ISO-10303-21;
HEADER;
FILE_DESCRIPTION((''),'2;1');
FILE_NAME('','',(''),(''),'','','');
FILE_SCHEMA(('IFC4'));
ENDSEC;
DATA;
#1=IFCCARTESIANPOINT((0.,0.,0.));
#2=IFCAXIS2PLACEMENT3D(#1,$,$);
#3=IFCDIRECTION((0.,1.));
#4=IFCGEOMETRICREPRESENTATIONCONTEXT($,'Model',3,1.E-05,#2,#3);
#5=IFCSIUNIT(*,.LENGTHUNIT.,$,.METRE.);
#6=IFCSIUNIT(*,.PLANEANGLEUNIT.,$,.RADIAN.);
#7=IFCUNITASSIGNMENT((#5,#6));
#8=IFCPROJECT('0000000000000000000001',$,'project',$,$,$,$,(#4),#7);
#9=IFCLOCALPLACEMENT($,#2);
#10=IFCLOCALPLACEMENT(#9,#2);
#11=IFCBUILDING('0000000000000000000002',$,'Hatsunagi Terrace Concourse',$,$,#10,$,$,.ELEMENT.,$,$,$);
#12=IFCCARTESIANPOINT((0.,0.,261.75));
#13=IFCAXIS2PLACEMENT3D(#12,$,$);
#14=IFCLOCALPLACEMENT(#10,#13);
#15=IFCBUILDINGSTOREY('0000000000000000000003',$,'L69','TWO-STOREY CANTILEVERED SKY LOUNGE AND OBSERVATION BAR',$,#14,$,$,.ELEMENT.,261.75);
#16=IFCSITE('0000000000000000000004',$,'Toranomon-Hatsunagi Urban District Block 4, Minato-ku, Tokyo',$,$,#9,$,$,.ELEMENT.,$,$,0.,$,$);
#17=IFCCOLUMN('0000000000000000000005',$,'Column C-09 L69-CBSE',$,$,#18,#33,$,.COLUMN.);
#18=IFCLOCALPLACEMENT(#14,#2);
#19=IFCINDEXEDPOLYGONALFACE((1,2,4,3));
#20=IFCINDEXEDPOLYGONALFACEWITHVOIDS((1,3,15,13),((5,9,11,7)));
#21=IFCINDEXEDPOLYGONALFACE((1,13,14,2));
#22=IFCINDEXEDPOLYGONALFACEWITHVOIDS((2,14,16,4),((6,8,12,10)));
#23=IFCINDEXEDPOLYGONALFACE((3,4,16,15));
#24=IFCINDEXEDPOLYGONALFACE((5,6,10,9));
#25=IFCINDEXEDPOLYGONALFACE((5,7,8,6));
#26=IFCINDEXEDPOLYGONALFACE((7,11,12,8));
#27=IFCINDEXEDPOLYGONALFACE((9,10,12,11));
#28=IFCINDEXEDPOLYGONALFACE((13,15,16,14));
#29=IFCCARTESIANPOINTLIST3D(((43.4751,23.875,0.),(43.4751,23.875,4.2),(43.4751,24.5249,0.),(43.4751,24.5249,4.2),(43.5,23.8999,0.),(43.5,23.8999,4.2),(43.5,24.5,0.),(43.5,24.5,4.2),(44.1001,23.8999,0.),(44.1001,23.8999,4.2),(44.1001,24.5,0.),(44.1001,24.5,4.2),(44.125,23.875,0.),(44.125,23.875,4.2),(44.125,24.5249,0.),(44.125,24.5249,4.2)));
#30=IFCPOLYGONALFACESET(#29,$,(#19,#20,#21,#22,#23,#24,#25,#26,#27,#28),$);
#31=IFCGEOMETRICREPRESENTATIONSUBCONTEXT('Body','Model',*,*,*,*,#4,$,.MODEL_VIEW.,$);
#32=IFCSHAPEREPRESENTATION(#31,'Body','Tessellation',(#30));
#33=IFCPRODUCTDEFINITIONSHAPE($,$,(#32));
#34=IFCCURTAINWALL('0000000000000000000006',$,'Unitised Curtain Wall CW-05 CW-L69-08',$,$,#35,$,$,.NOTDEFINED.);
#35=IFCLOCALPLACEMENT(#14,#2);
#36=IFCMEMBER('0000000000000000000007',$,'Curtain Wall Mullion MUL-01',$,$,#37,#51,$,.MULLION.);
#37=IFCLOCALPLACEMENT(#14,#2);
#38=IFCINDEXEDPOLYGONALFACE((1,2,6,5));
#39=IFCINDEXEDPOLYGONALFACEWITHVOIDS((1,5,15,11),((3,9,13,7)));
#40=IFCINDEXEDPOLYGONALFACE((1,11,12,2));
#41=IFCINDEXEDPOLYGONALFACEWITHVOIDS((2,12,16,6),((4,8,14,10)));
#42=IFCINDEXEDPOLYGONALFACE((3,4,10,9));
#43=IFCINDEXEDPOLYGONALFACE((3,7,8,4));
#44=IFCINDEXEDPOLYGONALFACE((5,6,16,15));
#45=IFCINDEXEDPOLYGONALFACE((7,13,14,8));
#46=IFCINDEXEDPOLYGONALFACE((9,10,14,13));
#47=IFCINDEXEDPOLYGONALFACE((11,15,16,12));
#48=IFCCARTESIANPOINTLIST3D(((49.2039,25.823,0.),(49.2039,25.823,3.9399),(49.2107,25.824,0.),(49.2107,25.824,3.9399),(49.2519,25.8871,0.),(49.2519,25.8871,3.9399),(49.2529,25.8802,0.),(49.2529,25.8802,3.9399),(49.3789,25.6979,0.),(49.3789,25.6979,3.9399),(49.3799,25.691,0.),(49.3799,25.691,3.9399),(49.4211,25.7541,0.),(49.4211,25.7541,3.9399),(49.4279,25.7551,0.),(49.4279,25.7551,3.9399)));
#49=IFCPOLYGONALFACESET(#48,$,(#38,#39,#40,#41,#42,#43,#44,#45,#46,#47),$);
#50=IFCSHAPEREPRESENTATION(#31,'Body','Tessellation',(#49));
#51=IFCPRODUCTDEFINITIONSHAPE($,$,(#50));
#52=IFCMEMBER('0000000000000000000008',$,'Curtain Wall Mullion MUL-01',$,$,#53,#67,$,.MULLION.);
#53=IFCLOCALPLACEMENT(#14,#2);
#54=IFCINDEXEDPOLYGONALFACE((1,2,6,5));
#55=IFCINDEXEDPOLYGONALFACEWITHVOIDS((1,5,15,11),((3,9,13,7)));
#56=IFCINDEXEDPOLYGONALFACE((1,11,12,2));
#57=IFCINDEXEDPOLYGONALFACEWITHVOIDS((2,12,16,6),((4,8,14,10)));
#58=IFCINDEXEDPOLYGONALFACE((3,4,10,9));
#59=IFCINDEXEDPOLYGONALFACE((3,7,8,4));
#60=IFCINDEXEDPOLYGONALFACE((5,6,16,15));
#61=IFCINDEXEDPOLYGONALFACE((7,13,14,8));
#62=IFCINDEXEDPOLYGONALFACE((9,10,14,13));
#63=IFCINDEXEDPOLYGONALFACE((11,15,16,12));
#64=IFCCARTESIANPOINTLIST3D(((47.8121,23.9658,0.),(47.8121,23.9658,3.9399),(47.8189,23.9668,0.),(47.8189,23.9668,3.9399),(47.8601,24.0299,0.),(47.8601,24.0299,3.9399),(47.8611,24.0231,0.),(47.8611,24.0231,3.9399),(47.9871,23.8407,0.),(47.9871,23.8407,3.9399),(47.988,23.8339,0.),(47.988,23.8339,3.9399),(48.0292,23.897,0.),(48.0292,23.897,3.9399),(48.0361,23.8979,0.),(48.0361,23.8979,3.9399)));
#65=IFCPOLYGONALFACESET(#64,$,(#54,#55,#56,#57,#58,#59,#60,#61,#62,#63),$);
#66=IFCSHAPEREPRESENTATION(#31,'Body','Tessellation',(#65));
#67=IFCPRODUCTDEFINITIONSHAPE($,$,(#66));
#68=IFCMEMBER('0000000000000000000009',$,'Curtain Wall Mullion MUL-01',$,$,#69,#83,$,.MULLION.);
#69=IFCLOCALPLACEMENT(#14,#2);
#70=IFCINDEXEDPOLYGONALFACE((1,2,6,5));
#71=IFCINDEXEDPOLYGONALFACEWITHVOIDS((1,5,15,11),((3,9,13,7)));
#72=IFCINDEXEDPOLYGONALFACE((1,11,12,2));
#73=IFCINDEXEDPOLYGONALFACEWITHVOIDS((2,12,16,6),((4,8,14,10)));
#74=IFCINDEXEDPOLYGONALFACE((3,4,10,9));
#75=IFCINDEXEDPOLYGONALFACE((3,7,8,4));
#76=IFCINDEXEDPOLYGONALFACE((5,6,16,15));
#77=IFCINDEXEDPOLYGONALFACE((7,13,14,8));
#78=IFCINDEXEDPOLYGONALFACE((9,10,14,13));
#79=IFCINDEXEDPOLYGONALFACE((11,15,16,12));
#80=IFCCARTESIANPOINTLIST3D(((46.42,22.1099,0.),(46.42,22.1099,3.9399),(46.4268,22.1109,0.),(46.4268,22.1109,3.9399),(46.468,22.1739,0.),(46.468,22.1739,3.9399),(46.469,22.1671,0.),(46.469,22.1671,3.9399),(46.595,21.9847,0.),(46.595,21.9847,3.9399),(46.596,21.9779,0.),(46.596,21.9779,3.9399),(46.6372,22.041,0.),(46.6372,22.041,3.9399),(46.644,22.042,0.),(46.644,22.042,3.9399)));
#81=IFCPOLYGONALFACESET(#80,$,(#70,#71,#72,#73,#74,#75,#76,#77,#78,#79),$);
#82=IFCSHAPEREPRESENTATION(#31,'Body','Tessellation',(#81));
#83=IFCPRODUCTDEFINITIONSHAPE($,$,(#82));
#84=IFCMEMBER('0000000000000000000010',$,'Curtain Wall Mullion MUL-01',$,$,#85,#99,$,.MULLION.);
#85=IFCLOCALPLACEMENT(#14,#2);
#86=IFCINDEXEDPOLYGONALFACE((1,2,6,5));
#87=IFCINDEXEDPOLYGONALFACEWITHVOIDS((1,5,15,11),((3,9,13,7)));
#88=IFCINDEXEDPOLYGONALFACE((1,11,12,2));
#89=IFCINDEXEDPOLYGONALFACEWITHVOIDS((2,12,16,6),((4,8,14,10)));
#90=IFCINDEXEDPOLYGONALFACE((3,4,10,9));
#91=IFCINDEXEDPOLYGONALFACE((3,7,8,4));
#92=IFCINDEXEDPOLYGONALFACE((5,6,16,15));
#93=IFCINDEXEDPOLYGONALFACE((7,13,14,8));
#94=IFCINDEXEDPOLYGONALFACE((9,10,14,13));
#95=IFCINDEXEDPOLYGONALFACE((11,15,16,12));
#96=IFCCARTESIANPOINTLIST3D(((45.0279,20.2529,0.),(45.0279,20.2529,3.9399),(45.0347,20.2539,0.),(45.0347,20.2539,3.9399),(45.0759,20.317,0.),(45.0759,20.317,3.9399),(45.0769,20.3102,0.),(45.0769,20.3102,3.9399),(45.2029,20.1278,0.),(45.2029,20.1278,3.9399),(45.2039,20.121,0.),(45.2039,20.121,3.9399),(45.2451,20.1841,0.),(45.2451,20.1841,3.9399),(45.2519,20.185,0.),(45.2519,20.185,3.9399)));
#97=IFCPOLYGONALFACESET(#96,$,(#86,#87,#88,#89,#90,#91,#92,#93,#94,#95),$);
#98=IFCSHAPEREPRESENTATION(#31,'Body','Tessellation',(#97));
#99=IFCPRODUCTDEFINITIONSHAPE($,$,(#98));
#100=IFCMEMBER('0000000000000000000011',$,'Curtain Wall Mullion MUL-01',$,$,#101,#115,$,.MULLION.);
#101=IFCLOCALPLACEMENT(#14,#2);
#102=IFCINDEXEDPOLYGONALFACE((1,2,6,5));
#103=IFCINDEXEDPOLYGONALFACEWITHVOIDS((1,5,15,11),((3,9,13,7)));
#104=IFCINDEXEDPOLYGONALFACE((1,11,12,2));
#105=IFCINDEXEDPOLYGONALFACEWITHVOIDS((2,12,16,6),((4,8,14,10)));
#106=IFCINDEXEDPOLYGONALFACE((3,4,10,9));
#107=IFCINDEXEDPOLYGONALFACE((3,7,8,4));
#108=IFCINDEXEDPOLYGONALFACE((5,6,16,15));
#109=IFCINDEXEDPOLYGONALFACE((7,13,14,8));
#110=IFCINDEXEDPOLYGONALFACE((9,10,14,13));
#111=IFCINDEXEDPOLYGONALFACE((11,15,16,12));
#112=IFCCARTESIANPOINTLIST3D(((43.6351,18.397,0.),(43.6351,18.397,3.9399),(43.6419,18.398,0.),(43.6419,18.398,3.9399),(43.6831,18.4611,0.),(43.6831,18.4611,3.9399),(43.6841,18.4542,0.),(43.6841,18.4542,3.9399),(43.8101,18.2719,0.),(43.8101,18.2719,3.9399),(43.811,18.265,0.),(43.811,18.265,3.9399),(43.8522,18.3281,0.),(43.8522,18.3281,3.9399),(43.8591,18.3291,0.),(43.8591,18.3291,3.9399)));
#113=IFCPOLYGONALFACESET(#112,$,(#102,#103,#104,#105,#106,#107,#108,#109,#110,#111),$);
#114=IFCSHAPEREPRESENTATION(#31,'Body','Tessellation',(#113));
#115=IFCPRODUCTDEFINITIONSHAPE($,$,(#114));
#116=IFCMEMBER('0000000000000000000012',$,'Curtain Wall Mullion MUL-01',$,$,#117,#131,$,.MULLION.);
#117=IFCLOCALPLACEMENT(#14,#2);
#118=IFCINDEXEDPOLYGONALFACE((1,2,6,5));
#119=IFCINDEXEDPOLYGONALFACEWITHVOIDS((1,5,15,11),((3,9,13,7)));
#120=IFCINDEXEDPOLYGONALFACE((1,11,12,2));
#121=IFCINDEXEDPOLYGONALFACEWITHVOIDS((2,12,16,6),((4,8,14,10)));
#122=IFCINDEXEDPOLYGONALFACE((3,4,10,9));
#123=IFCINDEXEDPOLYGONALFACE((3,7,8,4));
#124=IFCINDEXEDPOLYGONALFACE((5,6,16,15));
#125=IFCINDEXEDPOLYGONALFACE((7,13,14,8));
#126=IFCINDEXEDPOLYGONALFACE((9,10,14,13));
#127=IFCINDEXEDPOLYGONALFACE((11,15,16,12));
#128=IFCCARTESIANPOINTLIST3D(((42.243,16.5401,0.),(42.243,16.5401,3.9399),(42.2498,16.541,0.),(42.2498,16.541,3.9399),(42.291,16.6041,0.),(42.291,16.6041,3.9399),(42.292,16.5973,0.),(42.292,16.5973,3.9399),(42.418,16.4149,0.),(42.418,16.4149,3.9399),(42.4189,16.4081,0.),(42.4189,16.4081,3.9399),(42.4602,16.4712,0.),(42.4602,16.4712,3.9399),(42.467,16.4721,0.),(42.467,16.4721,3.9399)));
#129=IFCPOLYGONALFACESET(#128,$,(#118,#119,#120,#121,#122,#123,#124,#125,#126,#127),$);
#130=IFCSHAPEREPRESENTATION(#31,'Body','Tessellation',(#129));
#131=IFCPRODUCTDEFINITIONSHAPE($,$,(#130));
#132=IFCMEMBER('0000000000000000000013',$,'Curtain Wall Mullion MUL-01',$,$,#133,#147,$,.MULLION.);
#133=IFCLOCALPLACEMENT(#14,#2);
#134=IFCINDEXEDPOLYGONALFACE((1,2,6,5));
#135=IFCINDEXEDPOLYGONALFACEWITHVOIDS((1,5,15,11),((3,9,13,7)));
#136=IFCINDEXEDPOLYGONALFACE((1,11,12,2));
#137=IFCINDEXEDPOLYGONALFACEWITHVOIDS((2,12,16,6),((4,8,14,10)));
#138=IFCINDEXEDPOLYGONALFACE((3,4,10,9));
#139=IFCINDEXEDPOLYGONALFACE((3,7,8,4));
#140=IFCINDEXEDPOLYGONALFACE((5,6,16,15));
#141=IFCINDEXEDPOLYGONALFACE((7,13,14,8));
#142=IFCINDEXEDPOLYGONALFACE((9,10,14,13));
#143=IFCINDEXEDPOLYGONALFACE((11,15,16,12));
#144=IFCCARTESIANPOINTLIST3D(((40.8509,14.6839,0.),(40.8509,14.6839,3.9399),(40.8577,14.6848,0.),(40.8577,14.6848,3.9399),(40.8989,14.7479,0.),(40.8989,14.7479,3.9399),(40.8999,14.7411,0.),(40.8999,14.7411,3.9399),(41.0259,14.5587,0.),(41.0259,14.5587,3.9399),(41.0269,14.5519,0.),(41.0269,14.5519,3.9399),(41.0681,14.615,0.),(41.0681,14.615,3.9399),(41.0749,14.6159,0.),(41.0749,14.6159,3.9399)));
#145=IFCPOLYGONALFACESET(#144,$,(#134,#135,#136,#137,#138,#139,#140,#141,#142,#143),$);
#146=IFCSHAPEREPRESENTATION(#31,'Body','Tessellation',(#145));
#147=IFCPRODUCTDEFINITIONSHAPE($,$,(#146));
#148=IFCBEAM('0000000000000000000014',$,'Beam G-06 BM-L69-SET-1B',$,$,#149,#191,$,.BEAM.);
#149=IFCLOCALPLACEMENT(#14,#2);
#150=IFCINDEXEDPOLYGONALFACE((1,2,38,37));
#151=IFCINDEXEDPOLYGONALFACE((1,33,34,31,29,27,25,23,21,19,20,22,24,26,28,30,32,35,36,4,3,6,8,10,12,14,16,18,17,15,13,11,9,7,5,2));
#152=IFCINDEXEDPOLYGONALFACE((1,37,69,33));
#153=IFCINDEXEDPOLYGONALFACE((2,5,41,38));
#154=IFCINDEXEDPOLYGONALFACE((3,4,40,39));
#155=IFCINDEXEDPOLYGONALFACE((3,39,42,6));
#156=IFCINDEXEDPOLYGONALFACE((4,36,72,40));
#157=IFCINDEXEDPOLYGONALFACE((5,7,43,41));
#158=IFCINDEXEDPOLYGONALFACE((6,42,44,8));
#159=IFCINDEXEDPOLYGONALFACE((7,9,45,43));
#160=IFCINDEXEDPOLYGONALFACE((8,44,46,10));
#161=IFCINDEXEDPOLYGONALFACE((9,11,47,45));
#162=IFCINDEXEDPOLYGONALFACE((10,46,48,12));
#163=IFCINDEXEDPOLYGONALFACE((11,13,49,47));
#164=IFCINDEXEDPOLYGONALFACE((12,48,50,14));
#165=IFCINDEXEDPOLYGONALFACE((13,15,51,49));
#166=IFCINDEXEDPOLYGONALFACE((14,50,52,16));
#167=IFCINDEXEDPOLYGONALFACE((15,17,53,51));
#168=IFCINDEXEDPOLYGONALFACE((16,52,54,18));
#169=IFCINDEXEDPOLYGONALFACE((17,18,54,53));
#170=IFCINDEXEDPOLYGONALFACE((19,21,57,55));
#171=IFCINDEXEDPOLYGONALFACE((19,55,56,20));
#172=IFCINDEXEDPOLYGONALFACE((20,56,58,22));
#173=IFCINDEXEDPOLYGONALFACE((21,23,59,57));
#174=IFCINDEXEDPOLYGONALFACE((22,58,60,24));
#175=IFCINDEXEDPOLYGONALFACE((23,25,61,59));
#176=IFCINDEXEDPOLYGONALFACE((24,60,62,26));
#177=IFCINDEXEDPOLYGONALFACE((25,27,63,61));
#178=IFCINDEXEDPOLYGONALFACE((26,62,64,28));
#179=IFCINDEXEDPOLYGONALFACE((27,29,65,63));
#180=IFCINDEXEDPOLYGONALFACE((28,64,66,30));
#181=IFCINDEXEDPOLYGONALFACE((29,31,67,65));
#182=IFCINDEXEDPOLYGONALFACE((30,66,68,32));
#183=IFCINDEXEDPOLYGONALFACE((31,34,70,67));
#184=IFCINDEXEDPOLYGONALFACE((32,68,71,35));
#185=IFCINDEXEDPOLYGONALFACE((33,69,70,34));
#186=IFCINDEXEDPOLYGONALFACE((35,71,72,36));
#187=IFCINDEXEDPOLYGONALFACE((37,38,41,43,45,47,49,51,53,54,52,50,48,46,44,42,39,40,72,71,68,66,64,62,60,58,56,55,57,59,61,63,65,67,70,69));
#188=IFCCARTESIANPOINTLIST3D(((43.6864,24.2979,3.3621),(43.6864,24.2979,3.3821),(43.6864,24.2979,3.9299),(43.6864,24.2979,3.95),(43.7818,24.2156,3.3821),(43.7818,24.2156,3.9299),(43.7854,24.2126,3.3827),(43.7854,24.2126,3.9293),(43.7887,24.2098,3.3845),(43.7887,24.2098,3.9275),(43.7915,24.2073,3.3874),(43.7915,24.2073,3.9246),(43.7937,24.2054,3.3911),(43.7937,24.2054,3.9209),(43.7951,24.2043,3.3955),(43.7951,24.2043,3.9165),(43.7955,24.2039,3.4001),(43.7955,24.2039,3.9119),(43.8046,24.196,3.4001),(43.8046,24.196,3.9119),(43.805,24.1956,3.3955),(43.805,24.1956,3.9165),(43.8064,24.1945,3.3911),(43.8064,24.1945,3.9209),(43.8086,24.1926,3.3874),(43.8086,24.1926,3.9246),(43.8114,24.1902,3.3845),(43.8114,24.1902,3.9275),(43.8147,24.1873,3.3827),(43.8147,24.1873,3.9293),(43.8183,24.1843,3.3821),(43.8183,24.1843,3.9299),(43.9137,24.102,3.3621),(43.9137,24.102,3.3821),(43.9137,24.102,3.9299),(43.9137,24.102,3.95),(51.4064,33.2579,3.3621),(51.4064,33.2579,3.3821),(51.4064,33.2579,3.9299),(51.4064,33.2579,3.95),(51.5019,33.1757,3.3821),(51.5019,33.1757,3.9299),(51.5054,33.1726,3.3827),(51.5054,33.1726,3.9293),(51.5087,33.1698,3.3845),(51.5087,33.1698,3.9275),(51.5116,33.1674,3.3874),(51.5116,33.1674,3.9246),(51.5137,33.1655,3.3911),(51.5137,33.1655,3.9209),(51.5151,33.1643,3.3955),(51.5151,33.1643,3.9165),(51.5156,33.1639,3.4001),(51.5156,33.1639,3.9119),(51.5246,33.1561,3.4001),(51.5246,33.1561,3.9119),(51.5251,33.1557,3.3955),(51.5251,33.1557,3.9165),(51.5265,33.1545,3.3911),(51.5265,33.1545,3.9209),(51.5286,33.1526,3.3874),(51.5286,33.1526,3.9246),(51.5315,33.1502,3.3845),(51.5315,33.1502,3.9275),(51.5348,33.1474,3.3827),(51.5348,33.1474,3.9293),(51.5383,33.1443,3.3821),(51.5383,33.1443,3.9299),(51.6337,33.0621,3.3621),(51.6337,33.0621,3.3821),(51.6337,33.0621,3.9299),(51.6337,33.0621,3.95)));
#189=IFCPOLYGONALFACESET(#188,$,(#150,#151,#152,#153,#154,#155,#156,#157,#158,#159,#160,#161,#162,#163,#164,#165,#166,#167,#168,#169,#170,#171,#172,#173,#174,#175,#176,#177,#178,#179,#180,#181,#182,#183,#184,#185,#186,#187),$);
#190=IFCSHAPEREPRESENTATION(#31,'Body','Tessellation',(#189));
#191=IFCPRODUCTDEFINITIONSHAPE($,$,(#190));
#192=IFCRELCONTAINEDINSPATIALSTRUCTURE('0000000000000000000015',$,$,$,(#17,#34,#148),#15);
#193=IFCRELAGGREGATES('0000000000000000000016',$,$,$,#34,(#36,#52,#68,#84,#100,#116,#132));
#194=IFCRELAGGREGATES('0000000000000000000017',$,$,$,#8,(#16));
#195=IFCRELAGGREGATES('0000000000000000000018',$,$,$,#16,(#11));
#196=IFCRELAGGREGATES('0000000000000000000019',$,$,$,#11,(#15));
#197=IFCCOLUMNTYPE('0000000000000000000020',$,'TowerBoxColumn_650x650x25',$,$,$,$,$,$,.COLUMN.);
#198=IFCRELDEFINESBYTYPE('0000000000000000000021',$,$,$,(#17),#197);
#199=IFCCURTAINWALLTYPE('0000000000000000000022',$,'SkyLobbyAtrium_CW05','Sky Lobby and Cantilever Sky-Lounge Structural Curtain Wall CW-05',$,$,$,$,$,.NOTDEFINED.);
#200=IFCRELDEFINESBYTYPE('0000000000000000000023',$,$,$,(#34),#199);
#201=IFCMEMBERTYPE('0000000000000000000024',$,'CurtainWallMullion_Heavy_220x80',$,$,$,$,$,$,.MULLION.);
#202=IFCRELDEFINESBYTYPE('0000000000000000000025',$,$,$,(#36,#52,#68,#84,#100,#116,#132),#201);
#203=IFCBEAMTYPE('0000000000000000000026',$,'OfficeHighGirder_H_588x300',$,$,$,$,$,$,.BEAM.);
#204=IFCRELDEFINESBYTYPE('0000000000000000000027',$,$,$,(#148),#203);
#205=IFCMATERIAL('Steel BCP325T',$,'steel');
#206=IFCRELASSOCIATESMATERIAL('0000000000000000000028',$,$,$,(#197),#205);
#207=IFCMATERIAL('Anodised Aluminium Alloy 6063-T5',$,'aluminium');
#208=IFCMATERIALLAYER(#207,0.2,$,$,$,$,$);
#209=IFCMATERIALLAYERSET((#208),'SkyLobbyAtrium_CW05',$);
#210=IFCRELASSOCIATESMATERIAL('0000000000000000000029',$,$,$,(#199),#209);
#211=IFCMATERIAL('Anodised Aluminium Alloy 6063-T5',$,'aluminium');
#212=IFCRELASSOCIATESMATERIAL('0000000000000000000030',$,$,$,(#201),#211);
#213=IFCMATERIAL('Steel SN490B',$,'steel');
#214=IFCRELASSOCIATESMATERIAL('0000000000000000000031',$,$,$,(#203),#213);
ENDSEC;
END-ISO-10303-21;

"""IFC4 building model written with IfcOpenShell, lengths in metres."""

from ifc_helpers import new_model, si_unit, direction, frame, origin, origin_2d, place, context, subcontext, project, spatial, hollow_rectangle, i_section, extrude, material, layer, layer_set, material_profile, profile_set, type_object, element, aggregate, save


model = new_model("IFC4")

# Units and contexts
model_context = context("Model", 3, precision=1e-05, world=origin(), true_north=direction((0.0, 1.0)))
body_context = subcontext(model_context, "Body", "Model", "MODEL_VIEW")
ifc_project = project(units=[si_unit("LENGTHUNIT", "METRE"), si_unit("PLANEANGLEUNIT", "RADIAN")], contexts=[model_context])

# Site, building, storey
site_placement = place(None, origin())
site = spatial("IfcSite", under=ifc_project, at=site_placement, Name="Toranomon-Hatsunagi Urban District Block 4, Minato-ku, Tokyo", CompositionType="ELEMENT", RefElevation=0.0)
building_placement = place(site_placement, origin())
building = spatial("IfcBuilding", under=site, at=building_placement, Name="Hatsunagi Terrace Concourse", CompositionType="ELEMENT")
storey_placement = place(building_placement, frame((0.0, 0.0, 261.75)))
storey = spatial("IfcBuildingStorey", under=building, at=storey_placement, Name="L69", Description="TWO-STOREY CANTILEVERED SKY LOUNGE AND OBSERVATION BAR", CompositionType="ELEMENT", Elevation=261.75)

# Column
ifc_material_1 = material(Name="Steel BCP325T", Category="steel")
ifc_material_profile_1 = material_profile(ifc_material_1, hollow_rectangle(XDim=0.6499, YDim=0.6499, WallThickness=0.0249, at=origin_2d()), Name="BCP-650x650x25")
ifc_profile_set_1 = profile_set([ifc_material_profile_1], Name="Steel BCP325T")
column_type = type_object("IfcColumnType", Name="TowerBoxColumn_650x650x25", PredefinedType="COLUMN", material=ifc_profile_set_1)
column_placement = place(storey_placement, frame((43.8, 24.2, 0.0), z_axis=(0.0, 0.0, 1.0), x_axis=(1.0, 0.0, 0.0)))
element("IfcColumn", 1, at=column_placement, inside=storey, type_object=column_type, Name="Column C-09 L69-CBSE", PredefinedType="COLUMN", context=body_context, shape_type="SweptSolid", body=[
    extrude(hollow_rectangle(XDim=0.6499, YDim=0.6499, WallThickness=0.0249, at=origin_2d()), origin(), (0.0, 0.0, 1.0), 4.2),
])

# Curtain wall, members
ifc_material_2 = material(Name="Anodised Aluminium Alloy 6063-T5", Category="aluminium")
ifc_layer_1 = layer(ifc_material_2, 0.2)
ifc_layer_set_1 = layer_set([ifc_layer_1], Name="SkyLobbyAtrium_CW05")
curtain_wall_type = type_object("IfcCurtainWallType", Name="SkyLobbyAtrium_CW05", Description="Sky Lobby and Cantilever Sky-Lounge Structural Curtain Wall CW-05", PredefinedType="NOTDEFINED", material=ifc_layer_set_1)
curtain_wall_placement = place(storey_placement, origin())
curtain_wall = element("IfcCurtainWall", 2, at=curtain_wall_placement, inside=storey, type_object=curtain_wall_type, Name="Unitised Curtain Wall CW-05 CW-L69-08", PredefinedType="NOTDEFINED")
ifc_material_3 = material(Name="Anodised Aluminium Alloy 6063-T5", Category="aluminium")
ifc_material_profile_2 = material_profile(ifc_material_3, hollow_rectangle(XDim=0.0801, YDim=0.22, WallThickness=0.0049, at=origin_2d()), Name="ALU-MUL-220x80x5")
ifc_profile_set_2 = profile_set([ifc_material_profile_2], Name="Anodised Aluminium Alloy 6063-T5")
member_type = type_object("IfcMemberType", Name="CurtainWallMullion_Heavy_220x80", PredefinedType="MULLION", material=ifc_profile_set_2)
member_1_placement = place(storey_placement, frame((49.3159, 25.7891, 0.0), z_axis=(0.0, 0.0, 1.0), x_axis=(-0.599969, -0.800023, 0.0)))
member_1 = element("IfcMember", 3, at=member_1_placement, type_object=member_type, Name="Curtain Wall Mullion MUL-01", PredefinedType="MULLION", context=body_context, shape_type="SweptSolid", body=[
    extrude(hollow_rectangle(XDim=0.0801, YDim=0.22, WallThickness=0.0049, at=origin_2d()), origin(), (0.0, 0.0, 1.0), 3.9399),
])
member_2_placement = place(storey_placement, frame((47.9241, 23.9319, 0.0), z_axis=(0.0, 0.0, 1.0), x_axis=(-0.599969, -0.800023, 0.0)))
member_2 = element("IfcMember", 4, at=member_2_placement, type_object=member_type, Name="Curtain Wall Mullion MUL-01", PredefinedType="MULLION", context=body_context, shape_type="SweptSolid", body=[
    extrude(hollow_rectangle(XDim=0.0801, YDim=0.22, WallThickness=0.0049, at=origin_2d()), origin(), (0.0, 0.0, 1.0), 3.9399),
])
member_3_placement = place(storey_placement, frame((46.532, 22.0759, 0.0), z_axis=(0.0, 0.0, 1.0), x_axis=(-0.599969, -0.800023, 0.0)))
member_3 = element("IfcMember", 5, at=member_3_placement, type_object=member_type, Name="Curtain Wall Mullion MUL-01", PredefinedType="MULLION", context=body_context, shape_type="SweptSolid", body=[
    extrude(hollow_rectangle(XDim=0.0801, YDim=0.22, WallThickness=0.0049, at=origin_2d()), origin(), (0.0, 0.0, 1.0), 3.9399),
])
member_4_placement = place(storey_placement, frame((45.1399, 20.219, 0.0), z_axis=(0.0, 0.0, 1.0), x_axis=(-0.599969, -0.800023, 0.0)))
member_4 = element("IfcMember", 6, at=member_4_placement, type_object=member_type, Name="Curtain Wall Mullion MUL-01", PredefinedType="MULLION", context=body_context, shape_type="SweptSolid", body=[
    extrude(hollow_rectangle(XDim=0.0801, YDim=0.22, WallThickness=0.0049, at=origin_2d()), origin(), (0.0, 0.0, 1.0), 3.9399),
])
member_5_placement = place(storey_placement, frame((43.7471, 18.363, 0.0), z_axis=(0.0, 0.0, 1.0), x_axis=(-0.599969, -0.800023, 0.0)))
member_5 = element("IfcMember", 7, at=member_5_placement, type_object=member_type, Name="Curtain Wall Mullion MUL-01", PredefinedType="MULLION", context=body_context, shape_type="SweptSolid", body=[
    extrude(hollow_rectangle(XDim=0.0801, YDim=0.22, WallThickness=0.0049, at=origin_2d()), origin(), (0.0, 0.0, 1.0), 3.9399),
])
member_6_placement = place(storey_placement, frame((42.355, 16.5061, 0.0), z_axis=(0.0, 0.0, 1.0), x_axis=(-0.599969, -0.800023, 0.0)))
member_6 = element("IfcMember", 8, at=member_6_placement, type_object=member_type, Name="Curtain Wall Mullion MUL-01", PredefinedType="MULLION", context=body_context, shape_type="SweptSolid", body=[
    extrude(hollow_rectangle(XDim=0.0801, YDim=0.22, WallThickness=0.0049, at=origin_2d()), origin(), (0.0, 0.0, 1.0), 3.9399),
])
member_7_placement = place(storey_placement, frame((40.9629, 14.6499, 0.0), z_axis=(0.0, 0.0, 1.0), x_axis=(-0.599969, -0.800023, 0.0)))
member_7 = element("IfcMember", 9, at=member_7_placement, type_object=member_type, Name="Curtain Wall Mullion MUL-01", PredefinedType="MULLION", context=body_context, shape_type="SweptSolid", body=[
    extrude(hollow_rectangle(XDim=0.0801, YDim=0.22, WallThickness=0.0049, at=origin_2d()), origin(), (0.0, 0.0, 1.0), 3.9399),
])

# Beam
ifc_material_4 = material(Name="Steel SN490B", Category="steel")
ifc_material_profile_3 = material_profile(ifc_material_4, i_section(OverallWidth=0.3, OverallDepth=0.5879, WebThickness=0.012, FlangeThickness=0.02, FilletRadius=0.0181, at=origin_2d()), Name="H-588x300x12x20")
ifc_profile_set_3 = profile_set([ifc_material_profile_3], Name="Steel SN490B")
beam_type = type_object("IfcBeamType", Name="OfficeHighGirder_H_588x300", PredefinedType="BEAM", material=ifc_profile_set_3)
beam_placement = place(storey_placement, frame((43.8, 24.2, 3.656), z_axis=(0.652739, 0.757583, 0.0), x_axis=(-0.757583, 0.652739, 0.0)))
element("IfcBeam", 10, at=beam_placement, inside=storey, type_object=beam_type, Name="Beam G-06 BM-L69-SET-1B", PredefinedType="BEAM", context=body_context, shape_type="SweptSolid", body=[
    extrude(i_section(OverallWidth=0.3, OverallDepth=0.5879, WebThickness=0.012, FlangeThickness=0.02, FilletRadius=0.0181, at=origin_2d()), origin(), (0.0, 0.0, 1.0), 11.8271),
])

aggregate(curtain_wall, [member_1, member_2, member_3, member_4, member_5, member_6, member_7])

save(model, "model.ifc")
